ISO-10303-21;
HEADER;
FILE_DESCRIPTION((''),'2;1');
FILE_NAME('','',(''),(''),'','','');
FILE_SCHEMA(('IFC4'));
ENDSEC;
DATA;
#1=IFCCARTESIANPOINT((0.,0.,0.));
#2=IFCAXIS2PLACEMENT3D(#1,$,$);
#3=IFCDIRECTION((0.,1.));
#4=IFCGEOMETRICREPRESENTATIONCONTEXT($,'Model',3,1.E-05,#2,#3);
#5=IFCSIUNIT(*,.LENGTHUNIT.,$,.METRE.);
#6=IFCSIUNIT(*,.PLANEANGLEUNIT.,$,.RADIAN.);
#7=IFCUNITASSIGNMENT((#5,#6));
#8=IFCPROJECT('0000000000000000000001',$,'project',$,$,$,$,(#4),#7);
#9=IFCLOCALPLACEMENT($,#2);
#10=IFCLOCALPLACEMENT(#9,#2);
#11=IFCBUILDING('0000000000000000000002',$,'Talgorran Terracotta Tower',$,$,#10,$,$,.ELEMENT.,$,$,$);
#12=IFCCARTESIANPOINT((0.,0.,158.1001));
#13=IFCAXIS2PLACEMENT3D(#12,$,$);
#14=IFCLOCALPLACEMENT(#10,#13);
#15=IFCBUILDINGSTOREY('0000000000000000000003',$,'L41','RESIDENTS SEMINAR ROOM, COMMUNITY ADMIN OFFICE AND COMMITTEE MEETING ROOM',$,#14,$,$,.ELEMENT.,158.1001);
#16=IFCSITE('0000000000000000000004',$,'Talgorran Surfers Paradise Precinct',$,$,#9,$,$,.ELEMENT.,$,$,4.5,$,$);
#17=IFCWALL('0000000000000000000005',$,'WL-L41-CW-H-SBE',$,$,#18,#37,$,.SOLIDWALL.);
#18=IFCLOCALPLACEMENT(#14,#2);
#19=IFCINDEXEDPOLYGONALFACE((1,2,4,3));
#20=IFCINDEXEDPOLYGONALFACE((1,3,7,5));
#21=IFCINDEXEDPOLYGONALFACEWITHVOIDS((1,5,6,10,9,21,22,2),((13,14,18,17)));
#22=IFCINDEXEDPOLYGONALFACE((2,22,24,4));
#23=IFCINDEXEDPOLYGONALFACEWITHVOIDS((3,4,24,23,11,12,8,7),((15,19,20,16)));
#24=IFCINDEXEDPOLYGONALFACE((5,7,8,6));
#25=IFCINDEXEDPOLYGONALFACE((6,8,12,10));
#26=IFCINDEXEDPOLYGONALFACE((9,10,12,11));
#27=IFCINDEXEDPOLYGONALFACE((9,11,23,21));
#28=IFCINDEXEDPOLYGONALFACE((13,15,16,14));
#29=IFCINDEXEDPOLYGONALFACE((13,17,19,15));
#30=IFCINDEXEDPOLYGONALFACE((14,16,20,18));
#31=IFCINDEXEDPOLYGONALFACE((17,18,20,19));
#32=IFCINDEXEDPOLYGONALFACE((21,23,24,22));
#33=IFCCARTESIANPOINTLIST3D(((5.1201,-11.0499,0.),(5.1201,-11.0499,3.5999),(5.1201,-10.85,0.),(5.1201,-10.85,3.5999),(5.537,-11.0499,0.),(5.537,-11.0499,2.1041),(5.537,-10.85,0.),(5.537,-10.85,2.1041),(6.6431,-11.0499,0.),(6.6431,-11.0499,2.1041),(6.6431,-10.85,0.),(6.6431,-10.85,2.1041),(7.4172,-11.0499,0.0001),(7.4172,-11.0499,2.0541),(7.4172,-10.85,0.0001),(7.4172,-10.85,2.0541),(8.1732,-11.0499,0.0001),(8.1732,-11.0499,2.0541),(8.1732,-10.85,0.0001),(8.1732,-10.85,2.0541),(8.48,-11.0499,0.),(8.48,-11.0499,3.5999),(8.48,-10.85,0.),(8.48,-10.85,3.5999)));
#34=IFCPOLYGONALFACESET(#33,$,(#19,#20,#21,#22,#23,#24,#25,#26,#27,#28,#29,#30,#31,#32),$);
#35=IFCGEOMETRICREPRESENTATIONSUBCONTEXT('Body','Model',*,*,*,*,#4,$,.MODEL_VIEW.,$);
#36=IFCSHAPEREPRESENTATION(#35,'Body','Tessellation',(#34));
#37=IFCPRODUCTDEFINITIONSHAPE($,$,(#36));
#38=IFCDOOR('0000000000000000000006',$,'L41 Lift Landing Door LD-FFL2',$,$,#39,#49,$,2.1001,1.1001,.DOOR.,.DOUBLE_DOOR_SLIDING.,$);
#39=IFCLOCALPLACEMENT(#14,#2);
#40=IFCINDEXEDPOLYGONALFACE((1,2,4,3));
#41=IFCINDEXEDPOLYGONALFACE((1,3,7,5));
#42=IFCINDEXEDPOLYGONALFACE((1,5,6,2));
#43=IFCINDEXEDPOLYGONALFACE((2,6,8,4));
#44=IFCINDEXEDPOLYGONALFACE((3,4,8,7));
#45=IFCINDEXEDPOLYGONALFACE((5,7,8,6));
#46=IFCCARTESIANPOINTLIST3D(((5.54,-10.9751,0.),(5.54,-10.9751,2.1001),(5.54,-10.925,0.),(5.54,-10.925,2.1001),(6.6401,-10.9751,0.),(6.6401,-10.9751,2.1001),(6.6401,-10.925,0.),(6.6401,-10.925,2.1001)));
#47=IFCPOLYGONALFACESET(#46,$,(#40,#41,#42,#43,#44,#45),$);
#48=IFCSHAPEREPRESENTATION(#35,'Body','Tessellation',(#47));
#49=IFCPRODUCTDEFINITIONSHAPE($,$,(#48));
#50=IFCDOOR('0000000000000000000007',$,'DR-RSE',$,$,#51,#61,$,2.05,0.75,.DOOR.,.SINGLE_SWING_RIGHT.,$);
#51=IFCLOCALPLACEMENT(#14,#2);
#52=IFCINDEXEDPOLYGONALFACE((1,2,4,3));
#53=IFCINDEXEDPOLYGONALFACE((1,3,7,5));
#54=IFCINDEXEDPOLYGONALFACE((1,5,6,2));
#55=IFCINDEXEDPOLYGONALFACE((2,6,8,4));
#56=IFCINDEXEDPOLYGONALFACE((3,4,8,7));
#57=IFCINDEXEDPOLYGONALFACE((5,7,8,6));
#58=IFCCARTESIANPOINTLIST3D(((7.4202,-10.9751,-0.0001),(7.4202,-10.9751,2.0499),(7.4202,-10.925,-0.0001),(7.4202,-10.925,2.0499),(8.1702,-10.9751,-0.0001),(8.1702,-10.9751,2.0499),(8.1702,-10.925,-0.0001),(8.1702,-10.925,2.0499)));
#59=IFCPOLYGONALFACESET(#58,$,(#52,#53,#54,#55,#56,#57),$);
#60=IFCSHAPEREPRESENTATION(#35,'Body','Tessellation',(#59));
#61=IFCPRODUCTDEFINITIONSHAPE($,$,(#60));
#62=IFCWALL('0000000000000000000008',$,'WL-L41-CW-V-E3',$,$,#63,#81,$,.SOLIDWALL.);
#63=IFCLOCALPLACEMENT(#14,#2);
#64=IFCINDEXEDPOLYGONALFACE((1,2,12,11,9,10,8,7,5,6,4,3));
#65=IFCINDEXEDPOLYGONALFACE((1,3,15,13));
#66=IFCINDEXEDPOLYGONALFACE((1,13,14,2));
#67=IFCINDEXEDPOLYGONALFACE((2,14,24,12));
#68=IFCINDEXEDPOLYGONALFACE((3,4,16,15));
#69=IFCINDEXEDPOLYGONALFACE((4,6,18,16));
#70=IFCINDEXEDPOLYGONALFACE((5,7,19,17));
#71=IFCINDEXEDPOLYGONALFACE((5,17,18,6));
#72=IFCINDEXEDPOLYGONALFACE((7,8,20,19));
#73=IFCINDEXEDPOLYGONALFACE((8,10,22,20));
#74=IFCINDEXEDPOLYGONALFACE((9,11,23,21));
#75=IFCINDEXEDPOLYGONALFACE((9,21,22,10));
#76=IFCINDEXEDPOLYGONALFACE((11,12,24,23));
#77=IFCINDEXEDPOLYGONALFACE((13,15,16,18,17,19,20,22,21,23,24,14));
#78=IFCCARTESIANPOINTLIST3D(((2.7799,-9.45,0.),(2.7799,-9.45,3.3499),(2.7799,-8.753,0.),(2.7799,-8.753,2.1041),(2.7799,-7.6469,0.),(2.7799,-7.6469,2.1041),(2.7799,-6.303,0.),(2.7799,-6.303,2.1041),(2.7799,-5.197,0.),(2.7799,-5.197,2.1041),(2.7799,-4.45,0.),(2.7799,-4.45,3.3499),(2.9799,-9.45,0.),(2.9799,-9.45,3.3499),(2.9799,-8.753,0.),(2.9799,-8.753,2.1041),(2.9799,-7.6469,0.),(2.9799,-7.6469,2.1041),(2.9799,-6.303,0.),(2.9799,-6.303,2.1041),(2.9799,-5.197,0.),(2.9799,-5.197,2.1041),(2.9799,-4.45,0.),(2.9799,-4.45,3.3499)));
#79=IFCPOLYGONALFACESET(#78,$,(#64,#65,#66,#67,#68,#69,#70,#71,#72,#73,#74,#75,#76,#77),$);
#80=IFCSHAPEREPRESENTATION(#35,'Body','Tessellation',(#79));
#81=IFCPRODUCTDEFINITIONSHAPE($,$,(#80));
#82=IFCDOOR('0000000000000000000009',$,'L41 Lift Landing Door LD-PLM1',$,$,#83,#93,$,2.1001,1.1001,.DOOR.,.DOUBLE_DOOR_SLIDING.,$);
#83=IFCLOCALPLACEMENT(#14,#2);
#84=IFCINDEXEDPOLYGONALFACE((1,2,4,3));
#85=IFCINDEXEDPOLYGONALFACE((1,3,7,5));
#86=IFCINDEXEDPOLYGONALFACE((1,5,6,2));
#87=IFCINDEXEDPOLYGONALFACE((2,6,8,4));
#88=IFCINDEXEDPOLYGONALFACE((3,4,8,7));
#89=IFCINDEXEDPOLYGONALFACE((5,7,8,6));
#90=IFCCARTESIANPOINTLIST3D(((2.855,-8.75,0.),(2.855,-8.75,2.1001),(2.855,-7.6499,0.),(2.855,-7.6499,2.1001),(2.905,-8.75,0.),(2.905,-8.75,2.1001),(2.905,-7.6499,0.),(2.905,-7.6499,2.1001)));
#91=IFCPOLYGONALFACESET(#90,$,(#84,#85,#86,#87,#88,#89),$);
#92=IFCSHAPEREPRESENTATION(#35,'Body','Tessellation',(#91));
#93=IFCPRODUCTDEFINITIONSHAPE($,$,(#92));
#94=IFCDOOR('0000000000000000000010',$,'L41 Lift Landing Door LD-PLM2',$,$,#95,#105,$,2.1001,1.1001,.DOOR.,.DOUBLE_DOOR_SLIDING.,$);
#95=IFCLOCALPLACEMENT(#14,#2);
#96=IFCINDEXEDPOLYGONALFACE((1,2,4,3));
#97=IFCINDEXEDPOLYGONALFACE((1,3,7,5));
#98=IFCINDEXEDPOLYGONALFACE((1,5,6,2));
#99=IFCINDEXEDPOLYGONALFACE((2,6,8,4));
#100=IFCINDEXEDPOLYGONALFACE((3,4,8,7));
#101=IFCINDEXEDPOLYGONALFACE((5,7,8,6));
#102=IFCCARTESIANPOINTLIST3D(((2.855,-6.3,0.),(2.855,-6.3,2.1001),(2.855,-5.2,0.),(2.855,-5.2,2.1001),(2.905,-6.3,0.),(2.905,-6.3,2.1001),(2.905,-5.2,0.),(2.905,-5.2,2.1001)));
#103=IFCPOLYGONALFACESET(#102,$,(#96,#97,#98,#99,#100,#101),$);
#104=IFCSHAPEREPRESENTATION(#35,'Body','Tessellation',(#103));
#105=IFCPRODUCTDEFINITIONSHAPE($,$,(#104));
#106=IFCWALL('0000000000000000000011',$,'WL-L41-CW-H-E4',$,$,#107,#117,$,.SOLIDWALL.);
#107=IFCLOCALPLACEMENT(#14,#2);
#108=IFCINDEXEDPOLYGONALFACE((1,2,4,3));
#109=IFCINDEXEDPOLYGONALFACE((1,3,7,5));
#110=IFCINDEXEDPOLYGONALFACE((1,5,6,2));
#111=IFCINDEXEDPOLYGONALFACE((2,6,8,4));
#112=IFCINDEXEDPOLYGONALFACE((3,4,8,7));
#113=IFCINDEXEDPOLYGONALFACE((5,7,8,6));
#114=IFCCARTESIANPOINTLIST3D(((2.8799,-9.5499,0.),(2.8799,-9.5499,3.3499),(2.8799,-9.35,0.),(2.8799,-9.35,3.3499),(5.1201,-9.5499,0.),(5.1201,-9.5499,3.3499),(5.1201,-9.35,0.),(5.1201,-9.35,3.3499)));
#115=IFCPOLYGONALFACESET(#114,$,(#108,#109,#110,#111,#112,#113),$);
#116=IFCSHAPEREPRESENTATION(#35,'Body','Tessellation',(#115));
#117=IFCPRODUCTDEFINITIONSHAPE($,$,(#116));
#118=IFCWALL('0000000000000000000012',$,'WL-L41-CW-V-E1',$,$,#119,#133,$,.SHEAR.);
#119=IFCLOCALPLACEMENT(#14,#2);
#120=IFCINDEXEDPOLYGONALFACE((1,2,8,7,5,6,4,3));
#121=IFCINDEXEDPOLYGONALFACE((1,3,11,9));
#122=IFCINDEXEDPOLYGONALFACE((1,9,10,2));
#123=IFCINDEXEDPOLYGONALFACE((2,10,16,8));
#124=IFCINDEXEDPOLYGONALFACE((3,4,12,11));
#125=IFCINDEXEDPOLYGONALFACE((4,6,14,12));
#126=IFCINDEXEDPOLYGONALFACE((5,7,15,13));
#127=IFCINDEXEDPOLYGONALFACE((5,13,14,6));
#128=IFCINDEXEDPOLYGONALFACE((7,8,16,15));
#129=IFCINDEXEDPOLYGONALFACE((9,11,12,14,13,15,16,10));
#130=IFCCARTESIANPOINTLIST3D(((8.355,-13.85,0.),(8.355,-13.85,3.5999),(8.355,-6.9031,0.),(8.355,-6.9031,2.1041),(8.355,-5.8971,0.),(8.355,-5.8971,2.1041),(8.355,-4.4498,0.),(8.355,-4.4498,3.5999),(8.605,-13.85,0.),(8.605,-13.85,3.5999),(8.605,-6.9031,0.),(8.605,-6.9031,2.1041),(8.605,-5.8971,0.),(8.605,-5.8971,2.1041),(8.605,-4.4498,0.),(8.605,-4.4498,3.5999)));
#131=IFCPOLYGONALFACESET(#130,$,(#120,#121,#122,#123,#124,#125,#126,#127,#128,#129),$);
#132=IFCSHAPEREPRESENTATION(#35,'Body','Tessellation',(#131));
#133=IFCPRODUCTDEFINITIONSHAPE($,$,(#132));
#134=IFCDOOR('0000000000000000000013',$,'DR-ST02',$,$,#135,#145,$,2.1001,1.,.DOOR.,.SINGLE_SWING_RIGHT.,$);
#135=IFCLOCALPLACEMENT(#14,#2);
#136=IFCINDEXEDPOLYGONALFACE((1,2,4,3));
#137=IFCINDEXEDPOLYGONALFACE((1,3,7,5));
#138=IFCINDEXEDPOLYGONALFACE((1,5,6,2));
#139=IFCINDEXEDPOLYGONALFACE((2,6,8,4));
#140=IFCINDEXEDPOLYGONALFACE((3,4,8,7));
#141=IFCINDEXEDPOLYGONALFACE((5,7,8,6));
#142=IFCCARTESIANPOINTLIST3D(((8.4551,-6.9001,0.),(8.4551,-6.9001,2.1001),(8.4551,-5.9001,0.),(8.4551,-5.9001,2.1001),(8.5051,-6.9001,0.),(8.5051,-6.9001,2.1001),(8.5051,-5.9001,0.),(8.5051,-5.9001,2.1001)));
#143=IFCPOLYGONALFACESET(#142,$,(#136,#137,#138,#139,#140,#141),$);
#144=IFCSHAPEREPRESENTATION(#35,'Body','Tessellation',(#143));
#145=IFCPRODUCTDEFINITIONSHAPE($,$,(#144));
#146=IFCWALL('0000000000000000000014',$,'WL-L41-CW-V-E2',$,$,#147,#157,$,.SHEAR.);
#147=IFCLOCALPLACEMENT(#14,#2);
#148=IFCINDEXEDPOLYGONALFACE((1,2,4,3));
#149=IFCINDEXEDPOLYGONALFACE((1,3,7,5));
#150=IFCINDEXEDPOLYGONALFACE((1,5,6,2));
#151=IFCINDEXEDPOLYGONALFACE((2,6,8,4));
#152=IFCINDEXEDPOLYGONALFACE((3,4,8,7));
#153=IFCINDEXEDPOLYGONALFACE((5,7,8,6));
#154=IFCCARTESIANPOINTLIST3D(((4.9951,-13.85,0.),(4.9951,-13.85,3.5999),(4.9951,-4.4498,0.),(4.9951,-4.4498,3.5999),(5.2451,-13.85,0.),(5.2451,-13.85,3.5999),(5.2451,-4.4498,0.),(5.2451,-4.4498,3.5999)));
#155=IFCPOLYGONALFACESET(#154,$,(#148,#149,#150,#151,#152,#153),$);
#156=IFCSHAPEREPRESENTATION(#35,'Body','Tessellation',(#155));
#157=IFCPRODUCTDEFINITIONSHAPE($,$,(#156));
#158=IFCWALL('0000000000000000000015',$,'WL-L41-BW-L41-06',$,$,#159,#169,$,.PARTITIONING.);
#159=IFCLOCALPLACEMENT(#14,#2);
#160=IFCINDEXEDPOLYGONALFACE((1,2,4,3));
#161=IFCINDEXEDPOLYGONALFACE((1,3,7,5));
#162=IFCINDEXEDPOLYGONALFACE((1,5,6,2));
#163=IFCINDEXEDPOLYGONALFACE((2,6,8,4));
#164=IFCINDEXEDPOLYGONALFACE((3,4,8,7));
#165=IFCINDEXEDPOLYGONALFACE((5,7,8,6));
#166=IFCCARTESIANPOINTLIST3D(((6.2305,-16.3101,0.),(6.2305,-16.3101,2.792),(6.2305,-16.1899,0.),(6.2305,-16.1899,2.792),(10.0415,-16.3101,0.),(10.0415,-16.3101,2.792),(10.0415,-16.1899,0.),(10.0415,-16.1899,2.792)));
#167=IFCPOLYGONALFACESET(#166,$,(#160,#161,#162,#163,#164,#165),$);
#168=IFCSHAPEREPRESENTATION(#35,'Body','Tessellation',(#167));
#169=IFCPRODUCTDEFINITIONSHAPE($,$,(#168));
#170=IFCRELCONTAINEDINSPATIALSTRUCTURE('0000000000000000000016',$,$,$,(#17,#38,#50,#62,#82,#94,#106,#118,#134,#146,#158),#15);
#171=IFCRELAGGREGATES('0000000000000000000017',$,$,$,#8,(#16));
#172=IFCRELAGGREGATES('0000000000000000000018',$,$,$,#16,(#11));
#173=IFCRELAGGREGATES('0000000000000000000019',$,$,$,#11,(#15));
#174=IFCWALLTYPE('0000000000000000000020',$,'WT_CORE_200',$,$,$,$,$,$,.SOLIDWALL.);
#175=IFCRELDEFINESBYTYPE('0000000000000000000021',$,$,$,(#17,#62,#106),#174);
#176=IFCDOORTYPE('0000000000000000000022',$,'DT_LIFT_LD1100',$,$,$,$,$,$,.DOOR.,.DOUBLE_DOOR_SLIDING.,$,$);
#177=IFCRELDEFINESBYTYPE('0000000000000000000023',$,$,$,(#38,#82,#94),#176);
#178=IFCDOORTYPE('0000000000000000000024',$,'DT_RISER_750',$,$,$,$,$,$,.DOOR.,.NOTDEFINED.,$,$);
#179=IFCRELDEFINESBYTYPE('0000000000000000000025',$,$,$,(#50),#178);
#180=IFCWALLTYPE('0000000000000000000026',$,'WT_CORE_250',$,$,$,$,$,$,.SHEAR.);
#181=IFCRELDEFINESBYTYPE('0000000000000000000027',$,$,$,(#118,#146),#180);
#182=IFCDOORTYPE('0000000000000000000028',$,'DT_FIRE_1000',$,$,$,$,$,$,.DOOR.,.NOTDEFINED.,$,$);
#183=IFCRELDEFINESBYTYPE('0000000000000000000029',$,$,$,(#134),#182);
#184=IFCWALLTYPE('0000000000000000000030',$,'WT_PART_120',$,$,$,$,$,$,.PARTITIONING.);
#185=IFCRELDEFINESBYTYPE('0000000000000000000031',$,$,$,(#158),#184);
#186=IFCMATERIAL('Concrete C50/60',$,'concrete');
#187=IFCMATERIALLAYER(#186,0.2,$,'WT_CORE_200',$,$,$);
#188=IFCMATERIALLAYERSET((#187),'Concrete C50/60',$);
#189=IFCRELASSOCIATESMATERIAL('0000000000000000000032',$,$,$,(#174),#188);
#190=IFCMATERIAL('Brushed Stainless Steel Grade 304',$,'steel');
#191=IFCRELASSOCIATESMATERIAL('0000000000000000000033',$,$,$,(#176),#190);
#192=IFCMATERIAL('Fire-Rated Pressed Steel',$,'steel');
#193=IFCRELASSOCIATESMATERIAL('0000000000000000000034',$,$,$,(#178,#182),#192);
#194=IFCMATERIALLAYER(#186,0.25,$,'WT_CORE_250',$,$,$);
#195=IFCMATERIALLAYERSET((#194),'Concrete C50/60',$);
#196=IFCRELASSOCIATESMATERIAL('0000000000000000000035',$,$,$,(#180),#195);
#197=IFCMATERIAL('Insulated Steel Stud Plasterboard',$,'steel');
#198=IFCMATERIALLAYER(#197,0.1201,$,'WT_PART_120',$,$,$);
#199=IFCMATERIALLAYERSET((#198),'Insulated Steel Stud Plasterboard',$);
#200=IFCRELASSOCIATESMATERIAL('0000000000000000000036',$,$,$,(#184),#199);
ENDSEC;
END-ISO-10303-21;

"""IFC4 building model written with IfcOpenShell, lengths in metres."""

from ifc_helpers import new_model, si_unit, direction, frame, frame_2d, origin, place, context, subcontext, project, spatial, rectangle, extrude, material, layer, layer_set, type_object, element, fill, save


model = new_model("IFC4")

# Units and contexts
model_context = context("Model", 3, precision=1e-05, world=origin(), true_north=direction((0.0, 1.0)))
body_context = subcontext(model_context, "Body", "Model", "MODEL_VIEW")
ifc_project = project(units=[si_unit("LENGTHUNIT", "METRE"), si_unit("PLANEANGLEUNIT", "RADIAN")], contexts=[model_context])

# Site, building, storey
site_placement = place(None, origin())
site = spatial("IfcSite", under=ifc_project, at=site_placement, Name="Talgorran Surfers Paradise Precinct", CompositionType="ELEMENT", RefElevation=4.5)
building_placement = place(site_placement, origin())
building = spatial("IfcBuilding", under=site, at=building_placement, Name="Talgorran Terracotta Tower", CompositionType="ELEMENT")
storey_placement = place(building_placement, frame((0.0, 0.0, 158.1001)))
storey = spatial("IfcBuildingStorey", under=building, at=storey_placement, Name="L41", Description="RESIDENTS SEMINAR ROOM, COMMUNITY ADMIN OFFICE AND COMMITTEE MEETING ROOM", CompositionType="ELEMENT", Elevation=158.1001)

# Shared definitions
ifc_material_1 = material(Name="Concrete C50/60", Category="concrete")

# Shared definitions
ifc_layer_1 = layer(ifc_material_1, 0.2, Name="WT_CORE_200")
ifc_layer_set_1 = layer_set([ifc_layer_1], Name="Concrete C50/60")
wall_type_1 = type_object("IfcWallType", Name="WT_CORE_200", PredefinedType="SOLIDWALL", material=ifc_layer_set_1)

# Walls, openings, doors
wall_1_placement = place(storey_placement, frame((5.1201, -10.95, 0.0), z_axis=(0.0, 0.0, 1.0), x_axis=(1.0, 0.0, 0.0)))
wall_1 = element("IfcWall", 1, at=wall_1_placement, inside=storey, type_object=wall_type_1, Name="WL-L41-CW-H-SBE", PredefinedType="SOLIDWALL", context=body_context, shape_type="SweptSolid", body=[
    extrude(rectangle(XDim=3.3599, YDim=0.2, at=frame_2d((1.6799, 0.0))), origin(), (0.0, 0.0, 1.0), 3.5999),
])
opening_1_placement = place(wall_1_placement, frame((0.4199, 0.0, 0.0)))
opening_1 = element("IfcOpeningElement", 2, at=opening_1_placement, cuts=wall_1, PredefinedType="OPENING", context=body_context, shape_type="SweptSolid", body=[
    extrude(rectangle(XDim=1.1061, YDim=2.1041, at=frame_2d((0.55, 1.052))), frame((0.0, 0.1099, 0.0), z_axis=(0.0, -1.0, 0.0), x_axis=(1.0, 0.0, 0.0)), (0.0, 0.0, 1.0), 0.22),
])
opening_2_placement = place(wall_1_placement, frame((2.3, 0.0, 0.0)))
opening_2 = element("IfcOpeningElement", 3, at=opening_2_placement, cuts=wall_1, PredefinedType="OPENING", context=body_context, shape_type="SweptSolid", body=[
    extrude(rectangle(XDim=0.756, YDim=2.054, at=frame_2d((0.375, 1.0271))), frame((0.0, 0.1099, 0.0), z_axis=(0.0, -1.0, 0.0), x_axis=(1.0, 0.0, 0.0)), (0.0, 0.0, 1.0), 0.22),
])
ifc_material_2 = material(Name="Brushed Stainless Steel Grade 304", Category="steel")
door_type_1 = type_object("IfcDoorType", Name="DT_LIFT_LD1100", OperationType="DOUBLE_DOOR_SLIDING", PredefinedType="DOOR", material=ifc_material_2)
door_1_placement = place(opening_1_placement, origin())
door_1 = element("IfcDoor", 4, at=door_1_placement, inside=storey, type_object=door_type_1, Name="L41 Lift Landing Door LD-FFL2", OperationType="DOUBLE_DOOR_SLIDING", OverallHeight=2.1001, OverallWidth=1.1001, PredefinedType="DOOR", context=body_context, shape_type="SweptSolid", body=[
    extrude(rectangle(XDim=1.1001, YDim=2.1001, at=frame_2d((0.55, 1.05))), frame((0.0, 0.0249, 0.0), z_axis=(0.0, -1.0, 0.0), x_axis=(1.0, 0.0, 0.0)), (0.0, 0.0, 1.0), 0.05),
])
fill(opening_1, door_1)
ifc_material_3 = material(Name="Fire-Rated Pressed Steel", Category="steel")
door_type_2 = type_object("IfcDoorType", Name="DT_RISER_750", OperationType="NOTDEFINED", PredefinedType="DOOR", material=ifc_material_3)
door_2_placement = place(opening_2_placement, origin())
door_2 = element("IfcDoor", 5, at=door_2_placement, inside=storey, type_object=door_type_2, Name="DR-RSE", OperationType="SINGLE_SWING_RIGHT", OverallHeight=2.05, OverallWidth=0.75, PredefinedType="DOOR", context=body_context, shape_type="SweptSolid", body=[
    extrude(rectangle(XDim=0.75, YDim=2.05, at=frame_2d((0.375, 1.0249))), frame((0.0, 0.0249, 0.0), z_axis=(0.0, -1.0, 0.0), x_axis=(1.0, 0.0, 0.0)), (0.0, 0.0, 1.0), 0.05),
])
fill(opening_2, door_2)
wall_2_placement = place(storey_placement, frame((2.8799, -9.45, 0.0), z_axis=(0.0, 0.0, 1.0), x_axis=(0.0, 1.0, 0.0)))
wall_2 = element("IfcWall", 6, at=wall_2_placement, inside=storey, type_object=wall_type_1, Name="WL-L41-CW-V-E3", PredefinedType="SOLIDWALL", context=body_context, shape_type="SweptSolid", body=[
    extrude(rectangle(XDim=5.0, YDim=0.2, at=frame_2d((2.5, 0.0))), origin(), (0.0, 0.0, 1.0), 3.3499),
])
opening_3_placement = place(wall_2_placement, frame((0.7, 0.0, 0.0)))
opening_3 = element("IfcOpeningElement", 7, at=opening_3_placement, cuts=wall_2, PredefinedType="OPENING", context=body_context, shape_type="SweptSolid", body=[
    extrude(rectangle(XDim=1.1061, YDim=2.1041, at=frame_2d((0.55, 1.052))), frame((0.0, 0.1099, 0.0), z_axis=(0.0, -1.0, 0.0), x_axis=(1.0, 0.0, 0.0)), (0.0, 0.0, 1.0), 0.22),
])
opening_4_placement = place(wall_2_placement, frame((3.1499, 0.0, 0.0)))
opening_4 = element("IfcOpeningElement", 8, at=opening_4_placement, cuts=wall_2, PredefinedType="OPENING", context=body_context, shape_type="SweptSolid", body=[
    extrude(rectangle(XDim=1.1061, YDim=2.1041, at=frame_2d((0.55, 1.052))), frame((0.0, 0.1099, 0.0), z_axis=(0.0, -1.0, 0.0), x_axis=(1.0, 0.0, 0.0)), (0.0, 0.0, 1.0), 0.22),
])
door_3_placement = place(opening_3_placement, origin())
door_3 = element("IfcDoor", 9, at=door_3_placement, inside=storey, type_object=door_type_1, Name="L41 Lift Landing Door LD-PLM1", OperationType="DOUBLE_DOOR_SLIDING", OverallHeight=2.1001, OverallWidth=1.1001, PredefinedType="DOOR", context=body_context, shape_type="SweptSolid", body=[
    extrude(rectangle(XDim=1.1001, YDim=2.1001, at=frame_2d((0.55, 1.05))), frame((0.0, 0.0249, 0.0), z_axis=(0.0, -1.0, 0.0), x_axis=(1.0, 0.0, 0.0)), (0.0, 0.0, 1.0), 0.05),
])
fill(opening_3, door_3)
door_4_placement = place(opening_4_placement, origin())
door_4 = element("IfcDoor", 10, at=door_4_placement, inside=storey, type_object=door_type_1, Name="L41 Lift Landing Door LD-PLM2", OperationType="DOUBLE_DOOR_SLIDING", OverallHeight=2.1001, OverallWidth=1.1001, PredefinedType="DOOR", context=body_context, shape_type="SweptSolid", body=[
    extrude(rectangle(XDim=1.1001, YDim=2.1001, at=frame_2d((0.55, 1.05))), frame((0.0, 0.0249, 0.0), z_axis=(0.0, -1.0, 0.0), x_axis=(1.0, 0.0, 0.0)), (0.0, 0.0, 1.0), 0.05),
])
fill(opening_4, door_4)

# Wall
wall_3_placement = place(storey_placement, frame((2.8799, -9.45, 0.0), z_axis=(0.0, 0.0, 1.0), x_axis=(1.0, 0.0, 0.0)))
element("IfcWall", 11, at=wall_3_placement, inside=storey, type_object=wall_type_1, Name="WL-L41-CW-H-E4", PredefinedType="SOLIDWALL", context=body_context, shape_type="SweptSolid", body=[
    extrude(rectangle(XDim=2.2402, YDim=0.2, at=frame_2d((1.1201, 0.0))), origin(), (0.0, 0.0, 1.0), 3.3499),
])

# Wall, opening, door
ifc_layer_2 = layer(ifc_material_1, 0.25, Name="WT_CORE_250")
ifc_layer_set_2 = layer_set([ifc_layer_2], Name="Concrete C50/60")
wall_type_2 = type_object("IfcWallType", Name="WT_CORE_250", PredefinedType="SHEAR", material=ifc_layer_set_2)
wall_4_placement = place(storey_placement, frame((8.48, -13.8501, 0.0), z_axis=(0.0, 0.0, 1.0), x_axis=(0.0, 1.0, 0.0)))
wall_4 = element("IfcWall", 12, at=wall_4_placement, inside=storey, type_object=wall_type_2, Name="WL-L41-CW-V-E1", PredefinedType="SHEAR", context=body_context, shape_type="SweptSolid", body=[
    extrude(rectangle(XDim=9.4001, YDim=0.25, at=frame_2d((4.7002, 0.0))), origin(), (0.0, 0.0, 1.0), 3.5999),
])
opening_5_placement = place(wall_4_placement, frame((6.95, 0.0, 0.0)))
opening_5 = element("IfcOpeningElement", 13, at=opening_5_placement, cuts=wall_4, PredefinedType="OPENING", context=body_context, shape_type="SweptSolid", body=[
    extrude(rectangle(XDim=1.006, YDim=2.1041, at=frame_2d((0.5, 1.052))), frame((0.0, 0.135, 0.0), z_axis=(0.0, -1.0, 0.0), x_axis=(1.0, 0.0, 0.0)), (0.0, 0.0, 1.0), 0.27),
])
door_type_3 = type_object("IfcDoorType", Name="DT_FIRE_1000", OperationType="NOTDEFINED", PredefinedType="DOOR", material=ifc_material_3)
door_5_placement = place(opening_5_placement, origin())
door_5 = element("IfcDoor", 14, at=door_5_placement, inside=storey, type_object=door_type_3, Name="DR-ST02", OperationType="SINGLE_SWING_RIGHT", OverallHeight=2.1001, OverallWidth=1.0, PredefinedType="DOOR", context=body_context, shape_type="SweptSolid", body=[
    extrude(rectangle(XDim=1.0, YDim=2.1001, at=frame_2d((0.5, 1.05))), frame((0.0, 0.0249, 0.0), z_axis=(0.0, -1.0, 0.0), x_axis=(1.0, 0.0, 0.0)), (0.0, 0.0, 1.0), 0.05),
])
fill(opening_5, door_5)

# Walls
wall_5_placement = place(storey_placement, frame((5.1201, -13.8501, 0.0), z_axis=(0.0, 0.0, 1.0), x_axis=(0.0, 1.0, 0.0)))
element("IfcWall", 15, at=wall_5_placement, inside=storey, type_object=wall_type_2, Name="WL-L41-CW-V-E2", PredefinedType="SHEAR", context=body_context, shape_type="SweptSolid", body=[
    extrude(rectangle(XDim=9.4001, YDim=0.25, at=frame_2d((4.7002, 0.0))), origin(), (0.0, 0.0, 1.0), 3.5999),
])
ifc_material_4 = material(Name="Insulated Steel Stud Plasterboard", Category="steel")
ifc_layer_3 = layer(ifc_material_4, 0.1201, Name="WT_PART_120")
ifc_layer_set_3 = layer_set([ifc_layer_3], Name="Insulated Steel Stud Plasterboard")
wall_type_3 = type_object("IfcWallType", Name="WT_PART_120", PredefinedType="PARTITIONING", material=ifc_layer_set_3)
wall_6_placement = place(storey_placement, frame((6.2305, -16.25, 0.0), z_axis=(0.0, 0.0, 1.0), x_axis=(1.0, 0.0, 0.0)))
element("IfcWall", 16, at=wall_6_placement, inside=storey, type_object=wall_type_3, Name="WL-L41-BW-L41-06", PredefinedType="PARTITIONING", context=body_context, shape_type="SweptSolid", body=[
    extrude(rectangle(XDim=3.811, YDim=0.1201, at=frame_2d((1.9055, 0.0))), origin(), (0.0, 0.0, 1.0), 2.792),
])

save(model, "model.ifc")
